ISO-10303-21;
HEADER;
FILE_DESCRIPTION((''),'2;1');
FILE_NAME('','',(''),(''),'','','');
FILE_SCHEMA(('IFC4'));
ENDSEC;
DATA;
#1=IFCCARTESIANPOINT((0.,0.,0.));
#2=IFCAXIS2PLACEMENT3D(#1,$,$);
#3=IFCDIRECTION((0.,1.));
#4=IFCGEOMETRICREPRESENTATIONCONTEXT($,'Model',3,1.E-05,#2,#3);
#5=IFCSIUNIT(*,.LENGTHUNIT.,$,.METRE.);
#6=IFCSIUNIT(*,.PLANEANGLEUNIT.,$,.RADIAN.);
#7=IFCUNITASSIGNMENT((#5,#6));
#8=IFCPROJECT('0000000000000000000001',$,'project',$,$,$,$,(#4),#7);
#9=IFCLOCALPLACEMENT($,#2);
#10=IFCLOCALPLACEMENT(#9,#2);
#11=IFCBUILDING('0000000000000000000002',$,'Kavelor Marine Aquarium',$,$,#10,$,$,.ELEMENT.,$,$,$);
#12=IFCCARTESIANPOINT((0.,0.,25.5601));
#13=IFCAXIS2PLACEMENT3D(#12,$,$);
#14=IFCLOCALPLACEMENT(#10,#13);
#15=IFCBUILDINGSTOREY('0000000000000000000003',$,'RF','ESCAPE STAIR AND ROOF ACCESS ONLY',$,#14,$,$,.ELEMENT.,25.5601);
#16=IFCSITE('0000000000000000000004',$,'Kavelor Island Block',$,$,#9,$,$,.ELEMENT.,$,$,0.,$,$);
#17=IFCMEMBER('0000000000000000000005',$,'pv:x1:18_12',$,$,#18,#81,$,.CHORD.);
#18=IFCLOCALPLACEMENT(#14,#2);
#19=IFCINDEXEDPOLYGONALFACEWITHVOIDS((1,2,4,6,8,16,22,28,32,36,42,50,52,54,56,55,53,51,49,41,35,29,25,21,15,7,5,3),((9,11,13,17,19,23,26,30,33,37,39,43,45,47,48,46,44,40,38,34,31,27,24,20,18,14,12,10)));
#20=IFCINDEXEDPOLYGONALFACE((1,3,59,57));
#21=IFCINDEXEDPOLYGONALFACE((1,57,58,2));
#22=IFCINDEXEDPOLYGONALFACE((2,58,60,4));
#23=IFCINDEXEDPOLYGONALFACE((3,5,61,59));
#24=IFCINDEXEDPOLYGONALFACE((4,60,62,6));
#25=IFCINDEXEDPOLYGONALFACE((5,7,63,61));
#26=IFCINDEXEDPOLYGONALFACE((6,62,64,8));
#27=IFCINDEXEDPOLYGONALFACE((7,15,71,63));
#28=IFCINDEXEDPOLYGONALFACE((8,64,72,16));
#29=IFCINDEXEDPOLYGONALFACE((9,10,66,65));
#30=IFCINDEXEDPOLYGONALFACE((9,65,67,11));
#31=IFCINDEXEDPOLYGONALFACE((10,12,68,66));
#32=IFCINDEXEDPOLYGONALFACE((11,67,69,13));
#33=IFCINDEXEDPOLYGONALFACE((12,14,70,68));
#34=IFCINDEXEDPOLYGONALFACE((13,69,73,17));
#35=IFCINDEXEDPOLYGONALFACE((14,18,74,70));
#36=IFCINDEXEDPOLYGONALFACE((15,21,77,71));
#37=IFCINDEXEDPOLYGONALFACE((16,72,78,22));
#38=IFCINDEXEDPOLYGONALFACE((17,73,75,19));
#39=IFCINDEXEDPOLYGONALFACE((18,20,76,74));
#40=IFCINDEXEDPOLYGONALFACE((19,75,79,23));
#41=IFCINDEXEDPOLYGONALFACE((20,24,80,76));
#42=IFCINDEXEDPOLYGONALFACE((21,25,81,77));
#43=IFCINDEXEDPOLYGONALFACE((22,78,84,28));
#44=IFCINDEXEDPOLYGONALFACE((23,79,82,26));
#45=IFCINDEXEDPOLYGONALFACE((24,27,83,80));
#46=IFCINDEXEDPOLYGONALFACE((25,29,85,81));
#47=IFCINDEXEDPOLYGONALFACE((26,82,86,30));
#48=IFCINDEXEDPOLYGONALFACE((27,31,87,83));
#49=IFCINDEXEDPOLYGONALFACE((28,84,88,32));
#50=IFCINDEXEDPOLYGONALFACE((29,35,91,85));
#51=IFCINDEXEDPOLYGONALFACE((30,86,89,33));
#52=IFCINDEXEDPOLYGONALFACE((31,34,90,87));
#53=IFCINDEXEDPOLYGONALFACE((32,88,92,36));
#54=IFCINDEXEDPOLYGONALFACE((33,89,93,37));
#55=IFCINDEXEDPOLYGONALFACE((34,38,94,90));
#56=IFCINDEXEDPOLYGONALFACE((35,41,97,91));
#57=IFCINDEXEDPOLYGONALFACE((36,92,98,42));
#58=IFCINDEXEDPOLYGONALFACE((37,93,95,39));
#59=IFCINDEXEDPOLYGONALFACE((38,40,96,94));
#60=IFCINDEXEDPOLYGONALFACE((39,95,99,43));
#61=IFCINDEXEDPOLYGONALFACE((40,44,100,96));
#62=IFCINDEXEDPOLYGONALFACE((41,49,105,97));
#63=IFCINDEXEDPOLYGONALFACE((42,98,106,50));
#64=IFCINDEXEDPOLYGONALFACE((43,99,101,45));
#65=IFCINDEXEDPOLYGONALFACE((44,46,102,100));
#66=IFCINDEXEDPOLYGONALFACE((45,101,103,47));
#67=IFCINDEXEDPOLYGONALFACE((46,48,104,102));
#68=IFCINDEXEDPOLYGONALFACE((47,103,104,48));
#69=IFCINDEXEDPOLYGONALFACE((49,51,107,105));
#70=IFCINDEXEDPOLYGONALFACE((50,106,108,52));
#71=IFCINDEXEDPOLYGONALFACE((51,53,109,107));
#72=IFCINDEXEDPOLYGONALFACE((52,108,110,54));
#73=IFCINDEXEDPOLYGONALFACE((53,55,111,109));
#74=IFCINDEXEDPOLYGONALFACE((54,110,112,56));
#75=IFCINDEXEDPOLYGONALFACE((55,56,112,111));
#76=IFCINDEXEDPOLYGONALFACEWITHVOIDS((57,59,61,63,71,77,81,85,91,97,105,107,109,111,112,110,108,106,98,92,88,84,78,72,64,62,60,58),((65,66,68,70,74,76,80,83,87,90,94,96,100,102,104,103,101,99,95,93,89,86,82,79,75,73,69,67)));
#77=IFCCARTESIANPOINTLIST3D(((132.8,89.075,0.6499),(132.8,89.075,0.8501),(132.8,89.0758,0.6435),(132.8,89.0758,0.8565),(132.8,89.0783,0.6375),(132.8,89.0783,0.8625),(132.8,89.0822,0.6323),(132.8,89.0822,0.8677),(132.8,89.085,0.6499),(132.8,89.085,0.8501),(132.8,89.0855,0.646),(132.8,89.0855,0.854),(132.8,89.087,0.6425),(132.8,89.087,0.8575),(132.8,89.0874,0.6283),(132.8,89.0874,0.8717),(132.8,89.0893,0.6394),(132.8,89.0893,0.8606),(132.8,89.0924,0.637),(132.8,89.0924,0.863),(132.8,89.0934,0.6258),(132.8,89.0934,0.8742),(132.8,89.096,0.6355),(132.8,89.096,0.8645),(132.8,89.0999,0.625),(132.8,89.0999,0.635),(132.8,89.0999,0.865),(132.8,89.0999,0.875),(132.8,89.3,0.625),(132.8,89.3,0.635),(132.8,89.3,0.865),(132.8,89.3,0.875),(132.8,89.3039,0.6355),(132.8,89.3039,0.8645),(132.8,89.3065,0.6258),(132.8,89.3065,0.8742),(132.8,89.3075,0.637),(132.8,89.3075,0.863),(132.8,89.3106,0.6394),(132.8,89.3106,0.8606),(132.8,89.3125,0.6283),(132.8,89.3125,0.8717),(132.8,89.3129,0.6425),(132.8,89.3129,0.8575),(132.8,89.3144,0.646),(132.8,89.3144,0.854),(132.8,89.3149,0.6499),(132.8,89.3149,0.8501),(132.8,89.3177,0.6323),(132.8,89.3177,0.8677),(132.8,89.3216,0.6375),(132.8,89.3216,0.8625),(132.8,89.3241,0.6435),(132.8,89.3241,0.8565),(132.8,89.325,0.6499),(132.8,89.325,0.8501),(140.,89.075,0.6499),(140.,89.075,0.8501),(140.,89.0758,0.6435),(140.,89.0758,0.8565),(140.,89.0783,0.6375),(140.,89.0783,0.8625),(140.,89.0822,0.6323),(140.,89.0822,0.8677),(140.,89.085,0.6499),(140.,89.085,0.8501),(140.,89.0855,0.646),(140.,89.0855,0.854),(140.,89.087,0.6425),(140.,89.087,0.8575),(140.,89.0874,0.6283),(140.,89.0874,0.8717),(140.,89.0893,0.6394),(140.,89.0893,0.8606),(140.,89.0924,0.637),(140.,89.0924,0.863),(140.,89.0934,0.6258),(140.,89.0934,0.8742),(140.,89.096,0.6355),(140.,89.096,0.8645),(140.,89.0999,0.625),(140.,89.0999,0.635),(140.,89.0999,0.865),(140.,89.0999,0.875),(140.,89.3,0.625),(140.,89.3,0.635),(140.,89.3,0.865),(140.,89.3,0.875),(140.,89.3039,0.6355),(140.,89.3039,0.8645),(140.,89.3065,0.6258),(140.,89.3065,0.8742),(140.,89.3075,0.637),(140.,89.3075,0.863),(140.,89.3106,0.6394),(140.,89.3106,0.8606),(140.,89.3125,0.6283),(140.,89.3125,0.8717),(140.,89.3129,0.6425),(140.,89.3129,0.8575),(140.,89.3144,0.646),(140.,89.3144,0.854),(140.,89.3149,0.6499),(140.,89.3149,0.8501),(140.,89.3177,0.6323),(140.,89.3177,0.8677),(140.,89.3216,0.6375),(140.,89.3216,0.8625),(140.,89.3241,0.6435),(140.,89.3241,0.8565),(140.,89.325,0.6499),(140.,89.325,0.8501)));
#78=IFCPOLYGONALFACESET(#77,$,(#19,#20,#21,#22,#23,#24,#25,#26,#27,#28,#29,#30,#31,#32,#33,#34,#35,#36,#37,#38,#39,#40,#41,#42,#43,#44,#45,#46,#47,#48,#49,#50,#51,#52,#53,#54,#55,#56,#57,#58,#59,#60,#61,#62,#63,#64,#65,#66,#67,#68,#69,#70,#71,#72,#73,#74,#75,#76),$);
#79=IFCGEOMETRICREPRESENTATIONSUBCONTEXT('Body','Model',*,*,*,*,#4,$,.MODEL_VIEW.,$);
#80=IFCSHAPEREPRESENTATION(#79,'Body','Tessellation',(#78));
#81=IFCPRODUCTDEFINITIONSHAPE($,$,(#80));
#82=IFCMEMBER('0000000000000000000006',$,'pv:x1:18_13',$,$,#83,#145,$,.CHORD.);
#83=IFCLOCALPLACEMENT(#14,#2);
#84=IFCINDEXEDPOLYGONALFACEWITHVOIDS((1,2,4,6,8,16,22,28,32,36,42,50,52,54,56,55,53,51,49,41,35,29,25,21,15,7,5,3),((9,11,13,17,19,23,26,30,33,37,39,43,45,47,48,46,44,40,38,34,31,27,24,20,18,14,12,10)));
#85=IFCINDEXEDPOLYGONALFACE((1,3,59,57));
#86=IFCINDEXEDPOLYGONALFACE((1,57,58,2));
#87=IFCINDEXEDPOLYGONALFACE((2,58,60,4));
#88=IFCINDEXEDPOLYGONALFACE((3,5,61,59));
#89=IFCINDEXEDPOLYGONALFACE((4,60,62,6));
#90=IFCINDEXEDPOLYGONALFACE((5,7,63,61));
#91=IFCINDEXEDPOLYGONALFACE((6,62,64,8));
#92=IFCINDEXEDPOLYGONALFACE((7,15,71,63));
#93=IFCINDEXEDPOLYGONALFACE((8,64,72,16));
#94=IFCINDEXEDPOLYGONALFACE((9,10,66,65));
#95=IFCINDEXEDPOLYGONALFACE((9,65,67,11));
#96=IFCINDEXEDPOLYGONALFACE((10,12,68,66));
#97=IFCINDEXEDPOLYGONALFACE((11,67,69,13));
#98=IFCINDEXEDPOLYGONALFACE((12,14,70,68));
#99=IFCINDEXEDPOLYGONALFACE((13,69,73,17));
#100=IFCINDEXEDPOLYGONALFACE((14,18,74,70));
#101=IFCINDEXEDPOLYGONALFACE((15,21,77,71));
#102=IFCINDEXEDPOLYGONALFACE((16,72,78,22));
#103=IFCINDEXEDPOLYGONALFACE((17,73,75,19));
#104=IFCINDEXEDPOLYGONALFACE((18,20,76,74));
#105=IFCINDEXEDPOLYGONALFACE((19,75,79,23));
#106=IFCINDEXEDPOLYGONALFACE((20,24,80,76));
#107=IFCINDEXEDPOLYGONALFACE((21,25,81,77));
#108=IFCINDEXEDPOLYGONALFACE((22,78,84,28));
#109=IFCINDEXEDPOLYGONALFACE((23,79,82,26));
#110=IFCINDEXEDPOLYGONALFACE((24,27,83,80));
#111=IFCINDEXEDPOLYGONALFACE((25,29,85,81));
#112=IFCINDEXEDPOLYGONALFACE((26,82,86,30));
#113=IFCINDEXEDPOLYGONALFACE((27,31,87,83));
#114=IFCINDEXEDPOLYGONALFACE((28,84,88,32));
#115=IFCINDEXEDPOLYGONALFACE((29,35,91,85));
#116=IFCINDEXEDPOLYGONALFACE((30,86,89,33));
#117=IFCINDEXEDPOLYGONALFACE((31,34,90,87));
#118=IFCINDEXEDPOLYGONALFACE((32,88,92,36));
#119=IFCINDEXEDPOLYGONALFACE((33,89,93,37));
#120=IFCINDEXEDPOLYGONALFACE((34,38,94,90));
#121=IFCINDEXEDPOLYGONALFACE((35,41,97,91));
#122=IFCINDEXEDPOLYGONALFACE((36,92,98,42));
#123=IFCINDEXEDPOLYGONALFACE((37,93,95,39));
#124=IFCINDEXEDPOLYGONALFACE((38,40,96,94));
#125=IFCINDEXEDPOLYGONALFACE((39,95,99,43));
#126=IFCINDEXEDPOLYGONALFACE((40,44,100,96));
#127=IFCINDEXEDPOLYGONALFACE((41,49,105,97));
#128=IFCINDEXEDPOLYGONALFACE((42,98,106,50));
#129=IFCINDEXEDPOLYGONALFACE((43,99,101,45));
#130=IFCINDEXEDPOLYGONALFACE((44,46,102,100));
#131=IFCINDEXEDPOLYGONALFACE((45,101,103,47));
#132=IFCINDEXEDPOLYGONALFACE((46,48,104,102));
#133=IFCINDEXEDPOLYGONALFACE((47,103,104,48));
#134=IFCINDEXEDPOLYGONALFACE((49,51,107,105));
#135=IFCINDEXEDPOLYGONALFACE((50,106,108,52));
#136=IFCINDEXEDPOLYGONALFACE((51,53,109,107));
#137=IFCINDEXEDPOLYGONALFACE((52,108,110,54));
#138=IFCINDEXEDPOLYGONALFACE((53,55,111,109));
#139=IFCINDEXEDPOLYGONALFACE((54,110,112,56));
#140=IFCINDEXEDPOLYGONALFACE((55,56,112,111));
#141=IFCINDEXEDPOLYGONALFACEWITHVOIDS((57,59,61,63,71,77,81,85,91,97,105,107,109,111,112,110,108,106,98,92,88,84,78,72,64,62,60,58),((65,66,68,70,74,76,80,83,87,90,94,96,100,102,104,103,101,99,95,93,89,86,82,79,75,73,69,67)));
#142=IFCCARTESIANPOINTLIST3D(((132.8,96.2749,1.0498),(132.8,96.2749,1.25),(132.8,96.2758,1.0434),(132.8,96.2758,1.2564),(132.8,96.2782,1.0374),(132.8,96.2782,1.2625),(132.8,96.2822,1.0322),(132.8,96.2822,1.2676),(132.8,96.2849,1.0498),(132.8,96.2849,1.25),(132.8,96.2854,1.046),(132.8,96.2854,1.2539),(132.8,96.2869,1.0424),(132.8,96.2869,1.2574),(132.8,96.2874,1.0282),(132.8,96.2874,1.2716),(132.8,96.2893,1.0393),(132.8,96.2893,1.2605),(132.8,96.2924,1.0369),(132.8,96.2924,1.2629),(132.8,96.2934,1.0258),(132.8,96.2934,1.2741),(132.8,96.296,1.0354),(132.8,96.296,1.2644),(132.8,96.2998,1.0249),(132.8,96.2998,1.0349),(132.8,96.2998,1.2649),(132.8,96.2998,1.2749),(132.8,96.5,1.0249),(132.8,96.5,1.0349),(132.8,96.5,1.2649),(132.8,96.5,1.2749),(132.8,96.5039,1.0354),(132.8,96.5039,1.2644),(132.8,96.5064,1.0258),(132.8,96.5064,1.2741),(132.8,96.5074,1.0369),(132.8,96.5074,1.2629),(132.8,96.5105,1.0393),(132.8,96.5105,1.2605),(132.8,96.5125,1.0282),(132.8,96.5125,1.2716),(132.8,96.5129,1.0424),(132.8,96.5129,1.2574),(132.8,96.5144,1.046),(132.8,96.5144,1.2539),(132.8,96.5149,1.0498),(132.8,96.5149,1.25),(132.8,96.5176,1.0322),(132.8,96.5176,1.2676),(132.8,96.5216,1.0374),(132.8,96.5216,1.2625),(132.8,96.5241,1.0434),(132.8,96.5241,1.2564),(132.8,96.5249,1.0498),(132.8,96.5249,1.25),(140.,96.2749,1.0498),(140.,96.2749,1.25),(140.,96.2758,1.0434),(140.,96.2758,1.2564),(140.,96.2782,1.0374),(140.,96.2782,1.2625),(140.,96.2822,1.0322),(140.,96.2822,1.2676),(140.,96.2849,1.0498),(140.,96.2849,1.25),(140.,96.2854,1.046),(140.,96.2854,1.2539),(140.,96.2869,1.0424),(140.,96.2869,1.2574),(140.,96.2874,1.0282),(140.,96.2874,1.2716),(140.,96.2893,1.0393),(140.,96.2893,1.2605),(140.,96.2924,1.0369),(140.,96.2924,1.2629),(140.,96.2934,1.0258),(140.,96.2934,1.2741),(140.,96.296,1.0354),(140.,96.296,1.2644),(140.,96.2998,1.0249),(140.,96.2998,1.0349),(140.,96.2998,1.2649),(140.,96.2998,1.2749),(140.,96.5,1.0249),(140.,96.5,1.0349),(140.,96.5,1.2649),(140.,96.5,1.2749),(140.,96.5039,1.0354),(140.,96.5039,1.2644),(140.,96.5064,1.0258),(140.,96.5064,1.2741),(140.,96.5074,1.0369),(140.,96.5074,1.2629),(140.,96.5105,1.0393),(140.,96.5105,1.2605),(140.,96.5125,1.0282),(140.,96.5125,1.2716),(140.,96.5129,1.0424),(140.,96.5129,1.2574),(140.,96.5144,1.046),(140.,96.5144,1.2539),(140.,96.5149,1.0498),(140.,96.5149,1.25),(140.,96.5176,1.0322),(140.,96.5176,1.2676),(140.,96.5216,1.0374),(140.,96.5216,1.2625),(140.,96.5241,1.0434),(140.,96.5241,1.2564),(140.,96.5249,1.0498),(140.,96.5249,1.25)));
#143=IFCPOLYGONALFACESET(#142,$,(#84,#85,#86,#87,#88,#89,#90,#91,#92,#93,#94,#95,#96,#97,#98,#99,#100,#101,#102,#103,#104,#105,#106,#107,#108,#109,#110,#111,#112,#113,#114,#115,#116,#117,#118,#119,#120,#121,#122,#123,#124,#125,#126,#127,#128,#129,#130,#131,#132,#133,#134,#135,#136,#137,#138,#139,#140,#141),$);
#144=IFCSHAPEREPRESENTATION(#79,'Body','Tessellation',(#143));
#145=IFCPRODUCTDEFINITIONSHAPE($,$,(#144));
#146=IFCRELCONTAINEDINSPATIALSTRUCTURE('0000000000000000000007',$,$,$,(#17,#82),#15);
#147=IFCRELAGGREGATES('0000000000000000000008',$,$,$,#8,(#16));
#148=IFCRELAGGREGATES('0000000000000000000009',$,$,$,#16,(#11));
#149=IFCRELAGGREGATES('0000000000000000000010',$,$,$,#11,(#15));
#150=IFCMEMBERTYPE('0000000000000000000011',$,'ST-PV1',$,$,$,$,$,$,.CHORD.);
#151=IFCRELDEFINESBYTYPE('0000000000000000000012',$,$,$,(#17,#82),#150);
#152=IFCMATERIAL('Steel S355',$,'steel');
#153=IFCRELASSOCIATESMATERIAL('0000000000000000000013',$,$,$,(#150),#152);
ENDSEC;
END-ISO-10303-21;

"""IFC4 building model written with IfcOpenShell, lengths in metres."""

from ifc_helpers import new_model, si_unit, direction, frame, origin, origin_2d, place, context, subcontext, project, spatial, hollow_rectangle, extrude, material, material_profile, profile_set, type_object, element, save


model = new_model("IFC4")

# Units and contexts
model_context = context("Model", 3, precision=1e-05, world=origin(), true_north=direction((0.0, 1.0)))
body_context = subcontext(model_context, "Body", "Model", "MODEL_VIEW")
ifc_project = project(units=[si_unit("LENGTHUNIT", "METRE"), si_unit("PLANEANGLEUNIT", "RADIAN")], contexts=[model_context])

# Site, building, storey
site_placement = place(None, origin())
site = spatial("IfcSite", under=ifc_project, at=site_placement, Name="Kavelor Island Block", CompositionType="ELEMENT", RefElevation=0.0)
building_placement = place(site_placement, origin())
building = spatial("IfcBuilding", under=site, at=building_placement, Name="Kavelor Marine Aquarium", CompositionType="ELEMENT")
storey_placement = place(building_placement, frame((0.0, 0.0, 25.5601)))
storey = spatial("IfcBuildingStorey", under=building, at=storey_placement, Name="RF", Description="ESCAPE STAIR AND ROOF ACCESS ONLY", CompositionType="ELEMENT", Elevation=25.5601)

# Members
ifc_material_1 = material(Name="Steel S355", Category="steel")
ifc_material_profile_1 = material_profile(ifc_material_1, hollow_rectangle(XDim=0.25, YDim=0.25, WallThickness=0.01, InnerFilletRadius=0.0149, OuterFilletRadius=0.0249, at=origin_2d()), Name="SHS 250x250x10.0")
ifc_profile_set_1 = profile_set([ifc_material_profile_1], Name="Steel S355")
member_type_1 = type_object("IfcMemberType", Name="ST-PV1", PredefinedType="CHORD", material=ifc_profile_set_1)
for number, where, z_axis, x_axis, name in (
    (1, (132.8, 89.2, 0.75), (1.0, 0.0, 0.0), (0.0, 1.0, 0.0), "pv:x1:18_12"),
    (2, (132.8, 96.3999, 1.1499), (1.0, 0.0, 0.0), (0.0, 1.0, 0.0), "pv:x1:18_13"),
):
    element("IfcMember", number, at=place(storey_placement, frame(where, z_axis=z_axis, x_axis=x_axis)), inside=storey, type_object=member_type_1, Name=name, PredefinedType="CHORD", context=body_context, shape_type="SweptSolid", body=[
        extrude(hollow_rectangle(XDim=0.25, YDim=0.25, WallThickness=0.01, InnerFilletRadius=0.0149, OuterFilletRadius=0.0249, at=origin_2d()), origin(), (0.0, 0.0, 1.0), 7.2),
    ])

save(model, "model.ifc")
